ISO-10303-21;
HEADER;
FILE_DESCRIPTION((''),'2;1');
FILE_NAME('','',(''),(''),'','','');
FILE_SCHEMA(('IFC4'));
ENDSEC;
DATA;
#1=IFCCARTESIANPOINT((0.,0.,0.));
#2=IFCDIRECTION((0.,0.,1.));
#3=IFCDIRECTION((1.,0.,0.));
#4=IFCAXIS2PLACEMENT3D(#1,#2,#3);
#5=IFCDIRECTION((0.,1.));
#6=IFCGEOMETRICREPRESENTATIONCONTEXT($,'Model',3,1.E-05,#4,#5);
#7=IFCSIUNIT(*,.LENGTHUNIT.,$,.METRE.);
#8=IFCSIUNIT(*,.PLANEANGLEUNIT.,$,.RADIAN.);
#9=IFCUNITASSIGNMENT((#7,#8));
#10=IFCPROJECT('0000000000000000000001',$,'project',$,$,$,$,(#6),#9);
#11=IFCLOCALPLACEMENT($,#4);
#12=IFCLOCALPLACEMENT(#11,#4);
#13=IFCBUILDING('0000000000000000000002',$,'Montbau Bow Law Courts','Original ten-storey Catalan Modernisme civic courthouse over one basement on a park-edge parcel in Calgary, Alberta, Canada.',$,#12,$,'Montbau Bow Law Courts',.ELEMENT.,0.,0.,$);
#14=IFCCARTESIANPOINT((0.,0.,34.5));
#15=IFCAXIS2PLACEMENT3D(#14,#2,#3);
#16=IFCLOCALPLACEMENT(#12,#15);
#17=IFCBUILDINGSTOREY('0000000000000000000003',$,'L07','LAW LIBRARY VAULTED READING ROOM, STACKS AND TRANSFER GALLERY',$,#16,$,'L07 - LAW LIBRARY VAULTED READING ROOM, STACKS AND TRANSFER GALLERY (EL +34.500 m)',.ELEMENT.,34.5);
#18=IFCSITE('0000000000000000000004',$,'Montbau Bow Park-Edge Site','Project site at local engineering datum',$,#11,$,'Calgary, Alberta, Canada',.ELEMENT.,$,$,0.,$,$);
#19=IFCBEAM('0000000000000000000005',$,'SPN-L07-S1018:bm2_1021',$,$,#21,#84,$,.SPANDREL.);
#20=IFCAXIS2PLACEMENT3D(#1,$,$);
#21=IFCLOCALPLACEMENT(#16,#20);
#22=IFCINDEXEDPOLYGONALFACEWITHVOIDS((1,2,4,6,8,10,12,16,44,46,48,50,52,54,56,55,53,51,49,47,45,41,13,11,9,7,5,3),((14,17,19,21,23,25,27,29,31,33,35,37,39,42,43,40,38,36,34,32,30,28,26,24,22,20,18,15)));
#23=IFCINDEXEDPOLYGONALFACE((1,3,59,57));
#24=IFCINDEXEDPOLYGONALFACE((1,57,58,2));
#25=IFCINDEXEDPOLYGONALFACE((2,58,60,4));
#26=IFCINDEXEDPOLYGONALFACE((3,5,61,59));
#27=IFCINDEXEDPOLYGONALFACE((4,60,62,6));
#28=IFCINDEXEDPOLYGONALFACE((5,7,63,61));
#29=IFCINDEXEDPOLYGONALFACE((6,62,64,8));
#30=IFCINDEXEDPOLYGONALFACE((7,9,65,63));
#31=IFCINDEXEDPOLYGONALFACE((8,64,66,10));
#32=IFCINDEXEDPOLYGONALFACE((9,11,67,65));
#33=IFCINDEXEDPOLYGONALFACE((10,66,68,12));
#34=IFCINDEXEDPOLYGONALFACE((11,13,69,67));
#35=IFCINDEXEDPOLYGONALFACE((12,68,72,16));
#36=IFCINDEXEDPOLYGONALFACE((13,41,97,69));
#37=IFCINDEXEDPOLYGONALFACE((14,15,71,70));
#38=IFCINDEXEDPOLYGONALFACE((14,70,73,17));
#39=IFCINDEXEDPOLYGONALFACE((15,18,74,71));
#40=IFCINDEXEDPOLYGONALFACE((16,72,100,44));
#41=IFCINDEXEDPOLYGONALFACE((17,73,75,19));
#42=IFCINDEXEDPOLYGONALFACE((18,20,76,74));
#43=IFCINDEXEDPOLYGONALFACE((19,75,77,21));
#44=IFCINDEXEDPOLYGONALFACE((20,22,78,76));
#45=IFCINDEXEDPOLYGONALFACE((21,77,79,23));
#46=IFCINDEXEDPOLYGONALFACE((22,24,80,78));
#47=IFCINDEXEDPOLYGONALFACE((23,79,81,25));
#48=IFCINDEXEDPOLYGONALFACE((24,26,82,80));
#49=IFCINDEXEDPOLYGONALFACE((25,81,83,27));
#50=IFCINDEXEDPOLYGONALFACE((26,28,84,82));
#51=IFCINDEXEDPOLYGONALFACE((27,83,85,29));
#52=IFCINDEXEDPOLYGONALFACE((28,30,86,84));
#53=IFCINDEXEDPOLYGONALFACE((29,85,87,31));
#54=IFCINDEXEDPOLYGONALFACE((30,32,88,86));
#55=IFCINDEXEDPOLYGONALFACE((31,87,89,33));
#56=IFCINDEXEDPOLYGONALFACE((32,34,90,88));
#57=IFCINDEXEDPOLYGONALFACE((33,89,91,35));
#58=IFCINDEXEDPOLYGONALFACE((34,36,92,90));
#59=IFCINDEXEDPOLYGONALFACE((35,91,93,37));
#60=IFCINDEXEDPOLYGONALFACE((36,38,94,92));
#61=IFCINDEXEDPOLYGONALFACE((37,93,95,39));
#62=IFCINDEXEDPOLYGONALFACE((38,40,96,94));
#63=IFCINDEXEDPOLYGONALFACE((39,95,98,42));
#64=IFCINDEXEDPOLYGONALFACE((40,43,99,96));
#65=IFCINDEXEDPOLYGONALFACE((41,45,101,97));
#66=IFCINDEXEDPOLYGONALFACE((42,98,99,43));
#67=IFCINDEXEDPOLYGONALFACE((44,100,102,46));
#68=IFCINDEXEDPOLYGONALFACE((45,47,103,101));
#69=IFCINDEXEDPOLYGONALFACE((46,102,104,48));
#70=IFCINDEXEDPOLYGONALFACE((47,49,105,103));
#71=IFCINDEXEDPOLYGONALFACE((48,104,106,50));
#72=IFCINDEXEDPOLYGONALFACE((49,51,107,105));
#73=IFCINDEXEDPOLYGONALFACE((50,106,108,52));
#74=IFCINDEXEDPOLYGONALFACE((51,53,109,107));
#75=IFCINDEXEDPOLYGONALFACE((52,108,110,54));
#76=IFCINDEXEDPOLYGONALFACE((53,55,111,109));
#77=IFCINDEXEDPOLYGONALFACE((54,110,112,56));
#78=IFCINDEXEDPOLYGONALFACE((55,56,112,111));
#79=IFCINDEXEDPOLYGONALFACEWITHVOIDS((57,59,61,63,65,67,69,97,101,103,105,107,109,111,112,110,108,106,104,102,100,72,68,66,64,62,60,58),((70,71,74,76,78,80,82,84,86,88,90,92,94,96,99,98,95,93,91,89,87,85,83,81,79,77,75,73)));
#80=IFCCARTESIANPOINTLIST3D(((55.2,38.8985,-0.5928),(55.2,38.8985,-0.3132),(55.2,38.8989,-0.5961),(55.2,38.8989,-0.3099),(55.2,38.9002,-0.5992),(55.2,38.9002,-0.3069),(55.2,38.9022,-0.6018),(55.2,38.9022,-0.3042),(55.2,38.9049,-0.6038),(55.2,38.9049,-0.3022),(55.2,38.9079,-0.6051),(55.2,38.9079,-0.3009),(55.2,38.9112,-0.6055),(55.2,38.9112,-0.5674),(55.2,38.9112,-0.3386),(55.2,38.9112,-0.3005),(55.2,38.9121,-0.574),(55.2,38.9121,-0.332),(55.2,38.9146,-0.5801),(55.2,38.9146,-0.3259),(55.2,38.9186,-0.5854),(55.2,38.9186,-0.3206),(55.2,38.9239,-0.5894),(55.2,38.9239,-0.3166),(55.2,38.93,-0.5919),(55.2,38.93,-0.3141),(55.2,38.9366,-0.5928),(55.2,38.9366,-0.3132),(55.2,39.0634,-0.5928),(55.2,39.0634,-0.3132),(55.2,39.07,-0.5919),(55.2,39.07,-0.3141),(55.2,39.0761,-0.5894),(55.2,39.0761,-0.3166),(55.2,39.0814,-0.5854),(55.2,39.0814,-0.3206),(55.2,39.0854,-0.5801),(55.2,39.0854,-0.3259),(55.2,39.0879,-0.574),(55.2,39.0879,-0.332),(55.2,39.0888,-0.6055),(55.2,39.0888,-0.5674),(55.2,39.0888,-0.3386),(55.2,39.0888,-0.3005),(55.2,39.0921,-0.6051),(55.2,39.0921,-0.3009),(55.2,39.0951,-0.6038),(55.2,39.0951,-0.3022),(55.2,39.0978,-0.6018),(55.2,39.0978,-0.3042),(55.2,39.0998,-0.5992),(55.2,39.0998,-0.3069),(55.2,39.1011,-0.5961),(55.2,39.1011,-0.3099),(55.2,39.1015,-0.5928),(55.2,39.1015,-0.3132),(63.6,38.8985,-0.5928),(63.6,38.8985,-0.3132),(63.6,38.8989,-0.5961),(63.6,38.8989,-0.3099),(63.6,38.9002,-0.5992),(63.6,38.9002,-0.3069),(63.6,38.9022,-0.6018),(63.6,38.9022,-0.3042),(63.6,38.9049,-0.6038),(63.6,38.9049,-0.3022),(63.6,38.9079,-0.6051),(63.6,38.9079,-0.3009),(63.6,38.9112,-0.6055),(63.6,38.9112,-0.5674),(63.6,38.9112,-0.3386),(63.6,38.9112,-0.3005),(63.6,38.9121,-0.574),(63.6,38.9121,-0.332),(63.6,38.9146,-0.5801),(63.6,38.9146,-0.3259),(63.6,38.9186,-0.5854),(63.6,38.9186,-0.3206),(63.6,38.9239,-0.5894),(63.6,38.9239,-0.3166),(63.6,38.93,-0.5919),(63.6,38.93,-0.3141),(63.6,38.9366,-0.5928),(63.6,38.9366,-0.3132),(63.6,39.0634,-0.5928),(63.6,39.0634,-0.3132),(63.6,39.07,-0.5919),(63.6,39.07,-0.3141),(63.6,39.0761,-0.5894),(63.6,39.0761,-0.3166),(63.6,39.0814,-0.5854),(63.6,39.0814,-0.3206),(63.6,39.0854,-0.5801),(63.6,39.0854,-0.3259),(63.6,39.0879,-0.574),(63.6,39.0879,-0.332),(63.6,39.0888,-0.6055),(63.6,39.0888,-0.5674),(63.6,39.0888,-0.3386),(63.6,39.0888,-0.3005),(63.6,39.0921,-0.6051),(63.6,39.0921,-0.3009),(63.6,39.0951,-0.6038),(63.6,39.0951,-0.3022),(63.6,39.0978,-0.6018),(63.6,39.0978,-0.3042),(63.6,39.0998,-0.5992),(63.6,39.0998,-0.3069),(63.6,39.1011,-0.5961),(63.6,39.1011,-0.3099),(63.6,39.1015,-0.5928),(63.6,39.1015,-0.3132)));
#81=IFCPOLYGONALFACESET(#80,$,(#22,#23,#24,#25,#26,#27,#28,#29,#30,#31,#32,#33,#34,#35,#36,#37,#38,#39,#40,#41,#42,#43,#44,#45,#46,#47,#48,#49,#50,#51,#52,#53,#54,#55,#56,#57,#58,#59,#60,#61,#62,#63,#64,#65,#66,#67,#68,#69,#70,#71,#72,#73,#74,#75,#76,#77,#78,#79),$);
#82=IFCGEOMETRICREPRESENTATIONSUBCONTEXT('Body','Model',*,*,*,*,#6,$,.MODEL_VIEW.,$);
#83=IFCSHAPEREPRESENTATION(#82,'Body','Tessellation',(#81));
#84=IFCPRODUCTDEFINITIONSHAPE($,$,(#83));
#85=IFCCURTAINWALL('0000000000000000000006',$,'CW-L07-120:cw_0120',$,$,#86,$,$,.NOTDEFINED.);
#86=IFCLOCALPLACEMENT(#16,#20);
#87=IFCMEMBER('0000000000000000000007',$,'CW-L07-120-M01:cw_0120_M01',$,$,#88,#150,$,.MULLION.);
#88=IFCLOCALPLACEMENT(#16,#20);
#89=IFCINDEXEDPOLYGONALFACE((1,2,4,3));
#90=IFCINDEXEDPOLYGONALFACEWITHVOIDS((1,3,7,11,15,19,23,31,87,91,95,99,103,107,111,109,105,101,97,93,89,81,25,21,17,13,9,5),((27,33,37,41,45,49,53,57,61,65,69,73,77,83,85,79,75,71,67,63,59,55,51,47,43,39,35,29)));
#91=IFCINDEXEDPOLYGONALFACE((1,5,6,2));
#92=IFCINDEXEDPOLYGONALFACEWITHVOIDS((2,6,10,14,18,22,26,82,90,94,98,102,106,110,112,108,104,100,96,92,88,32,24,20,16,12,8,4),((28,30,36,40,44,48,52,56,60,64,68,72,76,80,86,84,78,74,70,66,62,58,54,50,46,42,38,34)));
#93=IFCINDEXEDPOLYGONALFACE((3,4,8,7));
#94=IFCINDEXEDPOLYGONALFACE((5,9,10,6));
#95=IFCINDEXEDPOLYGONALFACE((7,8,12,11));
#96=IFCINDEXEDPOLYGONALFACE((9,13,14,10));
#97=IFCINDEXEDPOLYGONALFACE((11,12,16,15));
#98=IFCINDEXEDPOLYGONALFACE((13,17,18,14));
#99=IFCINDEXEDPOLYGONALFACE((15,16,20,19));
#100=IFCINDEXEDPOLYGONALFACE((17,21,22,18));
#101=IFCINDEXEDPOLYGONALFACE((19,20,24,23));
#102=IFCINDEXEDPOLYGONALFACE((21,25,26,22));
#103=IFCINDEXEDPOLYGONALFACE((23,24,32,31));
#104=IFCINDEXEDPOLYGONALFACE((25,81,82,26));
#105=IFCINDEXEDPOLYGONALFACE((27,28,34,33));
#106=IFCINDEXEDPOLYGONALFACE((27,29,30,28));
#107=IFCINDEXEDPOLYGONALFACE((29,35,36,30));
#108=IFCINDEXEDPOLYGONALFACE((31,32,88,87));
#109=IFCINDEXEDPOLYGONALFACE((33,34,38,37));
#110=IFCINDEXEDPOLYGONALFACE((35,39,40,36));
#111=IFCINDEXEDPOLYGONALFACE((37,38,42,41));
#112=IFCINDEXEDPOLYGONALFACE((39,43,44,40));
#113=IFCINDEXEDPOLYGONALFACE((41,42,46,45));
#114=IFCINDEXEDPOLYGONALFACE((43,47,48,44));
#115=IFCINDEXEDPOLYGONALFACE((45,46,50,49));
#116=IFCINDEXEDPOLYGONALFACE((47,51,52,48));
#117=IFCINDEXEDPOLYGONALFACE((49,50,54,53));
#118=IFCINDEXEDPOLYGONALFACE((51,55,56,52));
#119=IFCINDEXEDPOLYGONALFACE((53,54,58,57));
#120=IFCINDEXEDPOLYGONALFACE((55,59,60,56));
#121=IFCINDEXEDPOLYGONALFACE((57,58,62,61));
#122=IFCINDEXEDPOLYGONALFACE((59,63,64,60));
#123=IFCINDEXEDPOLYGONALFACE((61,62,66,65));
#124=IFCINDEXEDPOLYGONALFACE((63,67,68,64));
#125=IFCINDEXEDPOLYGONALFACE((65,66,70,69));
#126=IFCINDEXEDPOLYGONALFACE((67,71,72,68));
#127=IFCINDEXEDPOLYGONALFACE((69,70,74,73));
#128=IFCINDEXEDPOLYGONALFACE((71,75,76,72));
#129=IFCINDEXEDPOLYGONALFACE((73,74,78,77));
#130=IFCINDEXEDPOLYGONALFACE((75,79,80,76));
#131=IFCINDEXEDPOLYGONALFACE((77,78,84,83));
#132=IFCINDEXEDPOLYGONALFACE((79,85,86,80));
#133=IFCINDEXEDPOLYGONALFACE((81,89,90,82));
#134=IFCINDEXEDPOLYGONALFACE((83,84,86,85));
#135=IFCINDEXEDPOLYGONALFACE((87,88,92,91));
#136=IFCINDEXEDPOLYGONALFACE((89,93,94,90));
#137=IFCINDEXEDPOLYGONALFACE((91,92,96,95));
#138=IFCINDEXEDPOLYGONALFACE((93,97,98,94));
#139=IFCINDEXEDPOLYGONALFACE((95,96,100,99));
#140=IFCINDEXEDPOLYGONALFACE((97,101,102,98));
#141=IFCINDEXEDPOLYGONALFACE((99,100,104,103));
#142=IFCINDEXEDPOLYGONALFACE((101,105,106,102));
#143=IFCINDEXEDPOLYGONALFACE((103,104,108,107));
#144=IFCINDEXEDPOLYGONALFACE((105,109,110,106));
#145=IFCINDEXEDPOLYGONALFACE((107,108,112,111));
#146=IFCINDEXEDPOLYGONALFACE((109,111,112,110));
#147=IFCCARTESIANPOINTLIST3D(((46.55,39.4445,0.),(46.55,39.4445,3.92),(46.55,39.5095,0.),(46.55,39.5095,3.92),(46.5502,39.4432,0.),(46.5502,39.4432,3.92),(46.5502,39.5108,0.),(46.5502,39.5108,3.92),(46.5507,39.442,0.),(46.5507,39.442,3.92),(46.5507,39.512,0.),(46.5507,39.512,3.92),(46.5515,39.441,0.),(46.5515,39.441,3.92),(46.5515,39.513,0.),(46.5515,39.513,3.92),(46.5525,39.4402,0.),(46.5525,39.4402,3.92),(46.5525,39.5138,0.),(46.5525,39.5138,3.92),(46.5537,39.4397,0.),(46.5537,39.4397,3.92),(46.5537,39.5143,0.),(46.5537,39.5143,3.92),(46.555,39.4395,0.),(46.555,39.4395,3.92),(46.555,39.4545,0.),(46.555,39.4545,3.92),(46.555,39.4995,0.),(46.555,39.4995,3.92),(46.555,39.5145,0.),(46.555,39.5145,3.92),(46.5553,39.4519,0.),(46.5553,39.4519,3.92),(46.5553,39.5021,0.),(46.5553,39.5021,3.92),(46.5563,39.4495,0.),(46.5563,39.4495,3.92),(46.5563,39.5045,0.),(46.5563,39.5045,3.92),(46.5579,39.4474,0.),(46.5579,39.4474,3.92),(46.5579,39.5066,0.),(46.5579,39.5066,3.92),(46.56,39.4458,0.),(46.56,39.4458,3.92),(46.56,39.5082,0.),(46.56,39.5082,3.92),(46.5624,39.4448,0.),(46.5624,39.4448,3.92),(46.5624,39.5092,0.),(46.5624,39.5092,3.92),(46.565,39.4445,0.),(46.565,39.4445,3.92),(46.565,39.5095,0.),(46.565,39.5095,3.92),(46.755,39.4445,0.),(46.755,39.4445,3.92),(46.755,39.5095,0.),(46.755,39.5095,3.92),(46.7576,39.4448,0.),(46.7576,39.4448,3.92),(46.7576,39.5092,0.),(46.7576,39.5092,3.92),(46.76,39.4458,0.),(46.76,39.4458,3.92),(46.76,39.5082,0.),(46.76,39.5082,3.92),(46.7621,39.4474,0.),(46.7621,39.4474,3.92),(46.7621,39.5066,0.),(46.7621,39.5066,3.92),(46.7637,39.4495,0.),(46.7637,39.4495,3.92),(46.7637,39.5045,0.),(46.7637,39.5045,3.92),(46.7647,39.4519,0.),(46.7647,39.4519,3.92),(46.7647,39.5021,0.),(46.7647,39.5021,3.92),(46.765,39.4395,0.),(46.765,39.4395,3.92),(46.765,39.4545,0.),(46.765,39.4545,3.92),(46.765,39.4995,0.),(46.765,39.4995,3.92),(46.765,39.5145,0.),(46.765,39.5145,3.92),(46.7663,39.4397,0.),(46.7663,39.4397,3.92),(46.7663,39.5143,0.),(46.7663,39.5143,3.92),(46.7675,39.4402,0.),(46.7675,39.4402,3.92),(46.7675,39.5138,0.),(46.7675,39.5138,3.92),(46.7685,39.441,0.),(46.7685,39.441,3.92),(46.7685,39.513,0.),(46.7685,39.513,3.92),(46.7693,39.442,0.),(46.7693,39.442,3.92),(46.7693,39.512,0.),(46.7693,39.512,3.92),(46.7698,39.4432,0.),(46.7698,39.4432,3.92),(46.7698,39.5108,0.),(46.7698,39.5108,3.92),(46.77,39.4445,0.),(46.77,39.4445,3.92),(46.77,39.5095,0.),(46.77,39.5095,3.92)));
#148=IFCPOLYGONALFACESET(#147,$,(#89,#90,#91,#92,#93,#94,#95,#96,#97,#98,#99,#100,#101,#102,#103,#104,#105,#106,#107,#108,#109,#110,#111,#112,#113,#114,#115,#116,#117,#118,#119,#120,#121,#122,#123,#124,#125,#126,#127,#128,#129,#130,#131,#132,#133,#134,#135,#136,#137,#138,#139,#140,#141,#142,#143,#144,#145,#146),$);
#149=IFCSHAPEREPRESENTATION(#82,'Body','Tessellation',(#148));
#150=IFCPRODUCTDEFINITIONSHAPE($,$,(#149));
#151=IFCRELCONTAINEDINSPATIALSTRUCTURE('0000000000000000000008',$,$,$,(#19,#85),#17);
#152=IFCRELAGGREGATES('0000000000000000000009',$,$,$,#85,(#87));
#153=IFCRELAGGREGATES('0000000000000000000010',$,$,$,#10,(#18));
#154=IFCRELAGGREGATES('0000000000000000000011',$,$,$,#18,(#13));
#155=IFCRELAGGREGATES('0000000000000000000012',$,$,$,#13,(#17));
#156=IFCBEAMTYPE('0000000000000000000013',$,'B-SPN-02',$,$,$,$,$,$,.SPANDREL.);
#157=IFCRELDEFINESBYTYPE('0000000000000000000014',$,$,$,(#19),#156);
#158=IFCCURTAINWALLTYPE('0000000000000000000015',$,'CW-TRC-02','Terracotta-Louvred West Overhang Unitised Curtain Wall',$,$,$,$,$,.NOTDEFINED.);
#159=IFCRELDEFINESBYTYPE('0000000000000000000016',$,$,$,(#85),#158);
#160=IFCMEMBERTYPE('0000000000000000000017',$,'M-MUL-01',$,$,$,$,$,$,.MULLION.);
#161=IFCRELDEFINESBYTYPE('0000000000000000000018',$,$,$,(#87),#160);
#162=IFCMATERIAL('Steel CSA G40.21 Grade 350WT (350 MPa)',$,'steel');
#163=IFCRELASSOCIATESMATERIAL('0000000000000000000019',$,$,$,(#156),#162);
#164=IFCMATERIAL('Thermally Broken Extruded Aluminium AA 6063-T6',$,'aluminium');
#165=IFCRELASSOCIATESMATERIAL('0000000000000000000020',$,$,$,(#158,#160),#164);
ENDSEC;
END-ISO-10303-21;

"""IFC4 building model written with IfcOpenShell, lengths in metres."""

from ifc_helpers import new_model, si_unit, direction, frame, origin_with_axes, origin_2d_with_axis, place, context, subcontext, project, spatial, hollow_rectangle, extrude, material, material_profile, profile_set, type_object, element, aggregate, save


model = new_model("IFC4")

# Units and contexts
model_context = context("Model", 3, precision=1e-05, world=origin_with_axes(), true_north=direction((0.0, 1.0)))
body_context = subcontext(model_context, "Body", "Model", "MODEL_VIEW")
ifc_project = project(units=[si_unit("LENGTHUNIT", "METRE"), si_unit("PLANEANGLEUNIT", "RADIAN")], contexts=[model_context])

# Site, building, storey
site_placement = place(None, origin_with_axes())
site = spatial("IfcSite", under=ifc_project, at=site_placement, Name="Montbau Bow Park-Edge Site", Description="Project site at local engineering datum", LongName="Calgary, Alberta, Canada", CompositionType="ELEMENT", RefElevation=0.0)
building_placement = place(site_placement, origin_with_axes())
building = spatial("IfcBuilding", under=site, at=building_placement, Name="Montbau Bow Law Courts", Description="Original ten-storey Catalan Modernisme civic courthouse over one basement on a park-edge parcel in Calgary, Alberta, Canada.", LongName="Montbau Bow Law Courts", CompositionType="ELEMENT", ElevationOfRefHeight=0.0, ElevationOfTerrain=0.0)
storey_placement = place(building_placement, frame((0.0, 0.0, 34.5), z_axis=(0.0, 0.0, 1.0), x_axis=(1.0, 0.0, 0.0)))
storey = spatial("IfcBuildingStorey", under=building, at=storey_placement, Name="L07", Description="LAW LIBRARY VAULTED READING ROOM, STACKS AND TRANSFER GALLERY", LongName="L07 - LAW LIBRARY VAULTED READING ROOM, STACKS AND TRANSFER GALLERY (EL +34.500 m)", CompositionType="ELEMENT", Elevation=34.5)

# Beam
ifc_material_1 = material(Name="Steel CSA G40.21 Grade 350WT (350 MPa)", Category="steel")
ifc_material_profile_1 = material_profile(ifc_material_1, hollow_rectangle(XDim=0.203, YDim=0.305, WallThickness=0.0127, InnerFilletRadius=0.0254, OuterFilletRadius=0.0127, at=origin_2d_with_axis()), Name="HSS305X203X13", Category="Main", Priority=0)
ifc_profile_set_1 = profile_set([ifc_material_profile_1], Name="Steel CSA G40.21 Grade 350WT (350 MPa)")
beam_type_1 = type_object("IfcBeamType", Name="B-SPN-02", PredefinedType="SPANDREL", material=ifc_profile_set_1)
beam_1_placement = place(None, frame((55.2, 39.0, 34.047), z_axis=(1.0, 0.0, 0.0), x_axis=(0.0, 1.0, 0.0)))
element("IfcBeam", 1, at=beam_1_placement, inside=storey, type_object=beam_type_1, Name="SPN-L07-S1018:bm2_1021", PredefinedType="SPANDREL", context=body_context, shape_type="SweptSolid", body=[
    extrude(hollow_rectangle(XDim=0.203, YDim=0.305, WallThickness=0.0127, InnerFilletRadius=0.0254, OuterFilletRadius=0.0127, at=origin_2d_with_axis()), origin_with_axes(), (0.0, 0.0, 1.0), 8.4),
])

# Curtain wall, member
ifc_material_2 = material(Name="Thermally Broken Extruded Aluminium AA 6063-T6", Category="aluminium")
curtain_wall_type_1 = type_object("IfcCurtainWallType", Name="CW-TRC-02", Description="Terracotta-Louvred West Overhang Unitised Curtain Wall", PredefinedType="NOTDEFINED", material=ifc_material_2)
curtain_wall_1_placement = place(None, frame((46.66, 39.44, 34.5), z_axis=(0.0, 0.0, 1.0), x_axis=(1.0, 0.0, 0.0)))
curtain_wall_1 = element("IfcCurtainWall", 2, at=curtain_wall_1_placement, inside=storey, type_object=curtain_wall_type_1, Name="CW-L07-120:cw_0120", PredefinedType="NOTDEFINED")
ifc_material_profile_2 = material_profile(ifc_material_2, hollow_rectangle(XDim=0.075, YDim=0.22, WallThickness=0.005, InnerFilletRadius=0.01, OuterFilletRadius=0.005, at=origin_2d_with_axis()), Name="CWM-220X75", Category="Main", Priority=0)
ifc_profile_set_2 = profile_set([ifc_material_profile_2], Name="Thermally Broken Extruded Aluminium AA 6063-T6")
member_type_1 = type_object("IfcMemberType", Name="M-MUL-01", PredefinedType="MULLION", material=ifc_profile_set_2)
member_1_placement = place(None, frame((46.66, 39.477, 34.5), z_axis=(0.0, 0.0, 1.0), x_axis=(0.0, 1.0, 0.0)))
member_1 = element("IfcMember", 3, at=member_1_placement, type_object=member_type_1, Name="CW-L07-120-M01:cw_0120_M01", PredefinedType="MULLION", context=body_context, shape_type="SweptSolid", body=[
    extrude(hollow_rectangle(XDim=0.075, YDim=0.22, WallThickness=0.005, InnerFilletRadius=0.01, OuterFilletRadius=0.005, at=origin_2d_with_axis()), origin_with_axes(), (0.0, 0.0, 1.0), 3.92),
])

aggregate(curtain_wall_1, [member_1])

save(model, "model.ifc")
